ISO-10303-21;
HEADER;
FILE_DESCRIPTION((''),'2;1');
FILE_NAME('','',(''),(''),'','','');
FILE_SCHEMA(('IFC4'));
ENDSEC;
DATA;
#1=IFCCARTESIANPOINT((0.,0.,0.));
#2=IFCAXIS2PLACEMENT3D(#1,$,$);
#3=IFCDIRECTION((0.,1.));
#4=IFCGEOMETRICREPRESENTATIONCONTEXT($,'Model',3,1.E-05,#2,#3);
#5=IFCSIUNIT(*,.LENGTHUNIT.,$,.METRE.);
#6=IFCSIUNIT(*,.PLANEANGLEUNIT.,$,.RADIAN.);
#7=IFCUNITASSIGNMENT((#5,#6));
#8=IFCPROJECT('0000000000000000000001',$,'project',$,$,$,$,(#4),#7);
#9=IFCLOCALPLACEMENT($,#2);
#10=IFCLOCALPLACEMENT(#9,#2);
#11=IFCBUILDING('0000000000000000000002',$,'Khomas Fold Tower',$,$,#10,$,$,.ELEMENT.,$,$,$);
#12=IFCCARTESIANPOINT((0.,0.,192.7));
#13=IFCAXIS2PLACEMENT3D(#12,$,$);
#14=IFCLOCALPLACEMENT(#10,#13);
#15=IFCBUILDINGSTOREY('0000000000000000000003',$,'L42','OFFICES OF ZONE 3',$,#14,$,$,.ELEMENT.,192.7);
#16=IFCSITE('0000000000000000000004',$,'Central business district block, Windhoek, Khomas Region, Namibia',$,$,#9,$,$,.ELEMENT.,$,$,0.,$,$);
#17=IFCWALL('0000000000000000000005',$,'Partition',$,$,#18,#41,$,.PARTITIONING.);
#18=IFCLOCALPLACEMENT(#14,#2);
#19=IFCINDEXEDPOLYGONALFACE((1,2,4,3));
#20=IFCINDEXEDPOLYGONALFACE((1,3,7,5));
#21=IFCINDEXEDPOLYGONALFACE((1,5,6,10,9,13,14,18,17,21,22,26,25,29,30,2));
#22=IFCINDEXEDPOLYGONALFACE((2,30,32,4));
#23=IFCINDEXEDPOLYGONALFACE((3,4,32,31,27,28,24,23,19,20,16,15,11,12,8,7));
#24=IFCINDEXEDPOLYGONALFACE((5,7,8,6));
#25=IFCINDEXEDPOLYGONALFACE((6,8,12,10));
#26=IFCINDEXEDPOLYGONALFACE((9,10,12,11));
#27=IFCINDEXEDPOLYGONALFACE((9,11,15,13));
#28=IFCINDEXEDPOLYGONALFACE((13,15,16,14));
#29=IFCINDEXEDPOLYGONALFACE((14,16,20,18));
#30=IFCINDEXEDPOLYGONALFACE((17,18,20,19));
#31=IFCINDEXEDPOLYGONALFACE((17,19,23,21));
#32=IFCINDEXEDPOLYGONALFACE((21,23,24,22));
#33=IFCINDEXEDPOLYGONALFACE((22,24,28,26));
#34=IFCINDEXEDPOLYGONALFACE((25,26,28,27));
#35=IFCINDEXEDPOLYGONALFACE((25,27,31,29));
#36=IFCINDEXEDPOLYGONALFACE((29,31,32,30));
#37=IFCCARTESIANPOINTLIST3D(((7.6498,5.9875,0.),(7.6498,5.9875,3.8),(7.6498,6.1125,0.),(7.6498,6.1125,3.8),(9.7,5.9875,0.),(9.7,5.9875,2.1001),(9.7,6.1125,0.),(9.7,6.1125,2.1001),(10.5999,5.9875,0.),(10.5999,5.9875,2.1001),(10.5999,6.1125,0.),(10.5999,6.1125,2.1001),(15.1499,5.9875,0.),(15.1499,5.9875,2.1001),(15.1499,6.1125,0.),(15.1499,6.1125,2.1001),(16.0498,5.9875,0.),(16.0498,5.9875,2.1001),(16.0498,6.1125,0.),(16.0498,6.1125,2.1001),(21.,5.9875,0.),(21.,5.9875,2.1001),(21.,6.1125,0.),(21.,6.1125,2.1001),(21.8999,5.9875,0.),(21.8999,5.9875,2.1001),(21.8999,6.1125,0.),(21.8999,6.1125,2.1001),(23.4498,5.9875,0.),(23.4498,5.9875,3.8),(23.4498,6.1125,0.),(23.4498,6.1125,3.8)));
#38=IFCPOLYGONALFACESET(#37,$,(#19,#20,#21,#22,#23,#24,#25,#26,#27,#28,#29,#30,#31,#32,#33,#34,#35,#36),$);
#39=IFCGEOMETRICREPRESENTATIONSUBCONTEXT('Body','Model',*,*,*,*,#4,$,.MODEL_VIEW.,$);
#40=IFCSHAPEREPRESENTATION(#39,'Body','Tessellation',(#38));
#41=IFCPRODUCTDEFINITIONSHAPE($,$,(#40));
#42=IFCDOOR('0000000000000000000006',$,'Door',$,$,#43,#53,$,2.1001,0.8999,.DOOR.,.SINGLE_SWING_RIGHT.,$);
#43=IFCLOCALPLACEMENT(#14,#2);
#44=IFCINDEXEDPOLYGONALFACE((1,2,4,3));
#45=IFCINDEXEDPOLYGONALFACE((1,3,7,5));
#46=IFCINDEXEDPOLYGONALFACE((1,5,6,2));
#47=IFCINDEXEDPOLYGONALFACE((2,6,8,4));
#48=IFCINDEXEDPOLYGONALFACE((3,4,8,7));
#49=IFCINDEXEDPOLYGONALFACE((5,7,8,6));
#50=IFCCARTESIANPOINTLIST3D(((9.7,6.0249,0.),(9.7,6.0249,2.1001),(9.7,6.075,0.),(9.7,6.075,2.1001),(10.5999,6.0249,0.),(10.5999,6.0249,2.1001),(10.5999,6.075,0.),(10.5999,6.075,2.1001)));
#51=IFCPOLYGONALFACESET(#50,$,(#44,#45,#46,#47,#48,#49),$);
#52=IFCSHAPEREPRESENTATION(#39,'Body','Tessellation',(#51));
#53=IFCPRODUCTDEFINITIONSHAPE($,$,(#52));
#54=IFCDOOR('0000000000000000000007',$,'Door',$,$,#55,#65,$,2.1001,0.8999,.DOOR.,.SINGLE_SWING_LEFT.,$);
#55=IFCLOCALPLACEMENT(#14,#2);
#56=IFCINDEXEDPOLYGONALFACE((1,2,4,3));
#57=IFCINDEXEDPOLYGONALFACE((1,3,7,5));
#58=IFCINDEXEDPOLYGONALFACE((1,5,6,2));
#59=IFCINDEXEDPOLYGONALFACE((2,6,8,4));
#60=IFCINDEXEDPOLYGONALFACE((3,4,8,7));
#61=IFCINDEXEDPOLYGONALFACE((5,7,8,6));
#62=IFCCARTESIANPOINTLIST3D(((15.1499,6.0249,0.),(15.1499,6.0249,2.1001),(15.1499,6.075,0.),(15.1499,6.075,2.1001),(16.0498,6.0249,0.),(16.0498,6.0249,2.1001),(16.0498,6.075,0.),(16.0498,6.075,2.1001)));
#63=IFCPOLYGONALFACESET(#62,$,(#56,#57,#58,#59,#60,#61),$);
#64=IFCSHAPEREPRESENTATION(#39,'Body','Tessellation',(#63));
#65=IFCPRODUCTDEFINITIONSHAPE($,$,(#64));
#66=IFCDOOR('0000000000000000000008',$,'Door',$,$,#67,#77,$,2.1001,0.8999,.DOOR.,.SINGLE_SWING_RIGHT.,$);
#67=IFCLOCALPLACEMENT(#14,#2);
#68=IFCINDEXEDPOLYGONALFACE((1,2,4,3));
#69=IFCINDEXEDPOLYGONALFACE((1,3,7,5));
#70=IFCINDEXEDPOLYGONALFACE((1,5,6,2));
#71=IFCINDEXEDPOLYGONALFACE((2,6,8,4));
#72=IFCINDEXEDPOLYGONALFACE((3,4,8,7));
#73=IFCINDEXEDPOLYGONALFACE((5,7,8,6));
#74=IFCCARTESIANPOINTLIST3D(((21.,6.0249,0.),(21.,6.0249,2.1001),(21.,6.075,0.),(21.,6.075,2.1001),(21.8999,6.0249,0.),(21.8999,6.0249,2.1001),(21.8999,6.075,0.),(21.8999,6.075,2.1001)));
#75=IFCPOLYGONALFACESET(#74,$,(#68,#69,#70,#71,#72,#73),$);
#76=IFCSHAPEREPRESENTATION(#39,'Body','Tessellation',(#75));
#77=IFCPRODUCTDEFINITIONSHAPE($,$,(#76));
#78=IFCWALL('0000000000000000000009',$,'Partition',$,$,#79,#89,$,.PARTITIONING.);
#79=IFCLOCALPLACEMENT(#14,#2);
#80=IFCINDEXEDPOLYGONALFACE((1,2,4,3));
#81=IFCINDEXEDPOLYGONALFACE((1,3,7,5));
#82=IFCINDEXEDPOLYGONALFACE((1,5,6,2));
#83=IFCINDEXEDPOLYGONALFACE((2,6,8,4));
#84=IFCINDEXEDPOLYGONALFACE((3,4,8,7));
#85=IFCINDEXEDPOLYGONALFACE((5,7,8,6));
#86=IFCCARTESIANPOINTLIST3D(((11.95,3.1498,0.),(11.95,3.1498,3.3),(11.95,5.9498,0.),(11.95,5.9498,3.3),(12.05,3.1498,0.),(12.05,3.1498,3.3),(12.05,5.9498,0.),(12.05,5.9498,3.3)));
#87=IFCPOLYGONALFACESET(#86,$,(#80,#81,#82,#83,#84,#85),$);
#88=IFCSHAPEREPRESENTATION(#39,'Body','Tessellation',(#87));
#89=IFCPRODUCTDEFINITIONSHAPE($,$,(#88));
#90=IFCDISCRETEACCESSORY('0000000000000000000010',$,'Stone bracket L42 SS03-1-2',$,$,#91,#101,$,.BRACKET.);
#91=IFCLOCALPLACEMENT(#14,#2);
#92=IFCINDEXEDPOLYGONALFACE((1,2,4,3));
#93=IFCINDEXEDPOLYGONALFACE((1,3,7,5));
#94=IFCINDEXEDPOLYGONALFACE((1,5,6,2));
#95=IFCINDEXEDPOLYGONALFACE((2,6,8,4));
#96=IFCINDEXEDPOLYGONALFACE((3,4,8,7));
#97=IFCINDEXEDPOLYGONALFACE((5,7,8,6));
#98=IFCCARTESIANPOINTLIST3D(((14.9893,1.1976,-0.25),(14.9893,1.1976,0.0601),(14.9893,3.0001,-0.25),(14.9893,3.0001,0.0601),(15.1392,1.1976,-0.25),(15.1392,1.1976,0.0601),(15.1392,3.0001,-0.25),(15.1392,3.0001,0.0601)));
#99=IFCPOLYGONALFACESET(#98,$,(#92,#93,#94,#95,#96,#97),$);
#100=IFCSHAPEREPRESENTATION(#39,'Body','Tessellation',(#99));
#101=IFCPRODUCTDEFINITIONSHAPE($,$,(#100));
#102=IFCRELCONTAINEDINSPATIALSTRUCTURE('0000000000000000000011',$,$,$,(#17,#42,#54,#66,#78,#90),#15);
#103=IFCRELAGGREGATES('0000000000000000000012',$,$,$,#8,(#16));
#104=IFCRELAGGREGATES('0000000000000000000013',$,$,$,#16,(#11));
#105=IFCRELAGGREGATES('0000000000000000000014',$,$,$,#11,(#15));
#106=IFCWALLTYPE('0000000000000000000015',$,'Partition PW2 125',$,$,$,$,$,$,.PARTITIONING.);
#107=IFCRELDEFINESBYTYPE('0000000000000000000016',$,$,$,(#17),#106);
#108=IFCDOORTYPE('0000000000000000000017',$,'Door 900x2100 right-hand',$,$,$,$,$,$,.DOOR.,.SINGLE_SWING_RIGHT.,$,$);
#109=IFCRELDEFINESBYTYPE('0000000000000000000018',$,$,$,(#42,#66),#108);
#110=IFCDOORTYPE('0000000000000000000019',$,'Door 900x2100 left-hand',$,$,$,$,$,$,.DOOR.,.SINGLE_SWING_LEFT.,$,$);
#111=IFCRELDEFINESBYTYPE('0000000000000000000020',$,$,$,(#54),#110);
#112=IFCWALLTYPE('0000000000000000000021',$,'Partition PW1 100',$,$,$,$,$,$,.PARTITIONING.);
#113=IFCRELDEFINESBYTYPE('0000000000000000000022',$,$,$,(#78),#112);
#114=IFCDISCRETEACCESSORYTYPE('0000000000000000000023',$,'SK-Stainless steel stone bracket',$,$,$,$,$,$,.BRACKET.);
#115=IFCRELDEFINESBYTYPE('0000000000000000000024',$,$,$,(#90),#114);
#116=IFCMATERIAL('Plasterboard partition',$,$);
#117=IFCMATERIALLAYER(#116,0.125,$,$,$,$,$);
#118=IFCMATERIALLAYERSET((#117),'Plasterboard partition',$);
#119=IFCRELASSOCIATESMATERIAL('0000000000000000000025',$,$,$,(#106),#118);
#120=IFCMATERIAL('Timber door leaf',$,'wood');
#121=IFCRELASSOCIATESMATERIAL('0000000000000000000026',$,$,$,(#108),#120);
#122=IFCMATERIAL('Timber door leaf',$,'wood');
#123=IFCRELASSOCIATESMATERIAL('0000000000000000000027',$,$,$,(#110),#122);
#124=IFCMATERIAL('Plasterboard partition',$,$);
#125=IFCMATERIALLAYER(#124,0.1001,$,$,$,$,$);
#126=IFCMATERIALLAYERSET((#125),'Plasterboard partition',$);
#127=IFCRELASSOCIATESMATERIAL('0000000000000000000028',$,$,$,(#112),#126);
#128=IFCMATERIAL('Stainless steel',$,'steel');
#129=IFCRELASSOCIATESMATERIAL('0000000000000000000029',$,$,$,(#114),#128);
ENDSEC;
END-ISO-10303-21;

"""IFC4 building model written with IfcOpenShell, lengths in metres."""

from ifc_helpers import new_model, si_unit, direction, frame, frame_2d, origin, origin_2d, place, context, subcontext, project, spatial, rectangle, extrude, source, transform, mapped, material, layer, layer_set, type_object, element, fill, save


model = new_model("IFC4")

# Units and contexts
model_context = context("Model", 3, precision=1e-05, world=origin(), true_north=direction((0.0, 1.0)))
body_context = subcontext(model_context, "Body", "Model", "MODEL_VIEW")
ifc_project = project(units=[si_unit("LENGTHUNIT", "METRE"), si_unit("PLANEANGLEUNIT", "RADIAN")], contexts=[model_context])

# Site, building, storey
site_placement = place(None, origin())
site = spatial("IfcSite", under=ifc_project, at=site_placement, Name="Central business district block, Windhoek, Khomas Region, Namibia", CompositionType="ELEMENT", RefElevation=0.0)
building_placement = place(site_placement, origin())
building = spatial("IfcBuilding", under=site, at=building_placement, Name="Khomas Fold Tower", CompositionType="ELEMENT")
storey_placement = place(building_placement, frame((0.0, 0.0, 192.7)))
storey = spatial("IfcBuildingStorey", under=building, at=storey_placement, Name="L42", Description="OFFICES OF ZONE 3", CompositionType="ELEMENT", Elevation=192.7)

# Wall, openings, doors
ifc_material_1 = material(Name="Plasterboard partition")
ifc_layer_1 = layer(ifc_material_1, 0.125)
ifc_layer_set_1 = layer_set([ifc_layer_1], Name="Plasterboard partition")
wall_type_1 = type_object("IfcWallType", Name="Partition PW2 125", PredefinedType="PARTITIONING", material=ifc_layer_set_1)
shared_shape_1 = source(origin(), body_context, "Body", "SweptSolid", [
    extrude(rectangle(XDim=15.8, YDim=0.125, at=frame_2d((7.8999, 0.0))), origin(), (0.0, 0.0, 1.0), 3.8),
])
wall_1_placement = place(storey_placement, frame((7.6499, 6.05, 0.0), z_axis=(0.0, 0.0, 1.0), x_axis=(1.0, 0.0, 0.0)))
wall_1 = element("IfcWall", 1, at=wall_1_placement, inside=storey, type_object=wall_type_1, Name="Partition", PredefinedType="PARTITIONING", context=body_context, shape_type="MappedRepresentation", body=[
    mapped(shared_shape_1, transform((0.0, 0.0, 0.0))),
])
shared_shape_2 = source(origin(), body_context, "Body", "SweptSolid", [
    extrude(rectangle(XDim=0.8999, YDim=2.1001, at=frame_2d((0.45, 1.05))), frame((0.0, 0.0725, 0.0), z_axis=(0.0, -1.0, 0.0), x_axis=(1.0, 0.0, 0.0)), (0.0, 0.0, 1.0), 0.145),
])
opening_1_placement = place(wall_1_placement, frame((2.05, 0.0, 0.0)))
opening_1 = element("IfcOpeningElement", 2, at=opening_1_placement, cuts=wall_1, PredefinedType="OPENING", context=body_context, shape_type="MappedRepresentation", body=[
    mapped(shared_shape_2, transform((0.0, 0.0, 0.0))),
])
opening_2_placement = place(wall_1_placement, frame((7.5, 0.0, 0.0)))
opening_2 = element("IfcOpeningElement", 3, at=opening_2_placement, cuts=wall_1, PredefinedType="OPENING", context=body_context, shape_type="MappedRepresentation", body=[
    mapped(shared_shape_2, transform((0.0, 0.0, 0.0))),
])
opening_3_placement = place(wall_1_placement, frame((13.3501, 0.0, 0.0)))
opening_3 = element("IfcOpeningElement", 4, at=opening_3_placement, cuts=wall_1, PredefinedType="OPENING", context=body_context, shape_type="MappedRepresentation", body=[
    mapped(shared_shape_2, transform((0.0, 0.0, 0.0))),
])
ifc_material_2 = material(Name="Timber door leaf", Category="wood")
door_type_1 = type_object("IfcDoorType", Name="Door 900x2100 right-hand", OperationType="SINGLE_SWING_RIGHT", PredefinedType="DOOR", material=ifc_material_2)
shared_shape_3 = source(origin(), body_context, "Body", "SweptSolid", [
    extrude(rectangle(XDim=0.8999, YDim=2.1001, at=frame_2d((0.45, 1.05))), frame((0.0, 0.0249, 0.0), z_axis=(0.0, -1.0, 0.0), x_axis=(1.0, 0.0, 0.0)), (0.0, 0.0, 1.0), 0.05),
])
door_1_placement = place(opening_1_placement, origin())
door_1 = element("IfcDoor", 5, at=door_1_placement, inside=storey, type_object=door_type_1, Name="Door", OperationType="SINGLE_SWING_RIGHT", OverallHeight=2.1001, OverallWidth=0.8999, PredefinedType="DOOR", context=body_context, shape_type="MappedRepresentation", body=[
    mapped(shared_shape_3, transform((0.0, 0.0, 0.0))),
])
fill(opening_1, door_1)
ifc_material_3 = material(Name="Timber door leaf", Category="wood")
door_type_2 = type_object("IfcDoorType", Name="Door 900x2100 left-hand", OperationType="SINGLE_SWING_LEFT", PredefinedType="DOOR", material=ifc_material_3)
door_2_placement = place(opening_2_placement, origin())
door_2 = element("IfcDoor", 6, at=door_2_placement, inside=storey, type_object=door_type_2, Name="Door", OperationType="SINGLE_SWING_LEFT", OverallHeight=2.1001, OverallWidth=0.8999, PredefinedType="DOOR", context=body_context, shape_type="MappedRepresentation", body=[
    mapped(shared_shape_3, transform((0.0, 0.0, 0.0))),
])
fill(opening_2, door_2)
door_3_placement = place(opening_3_placement, origin())
door_3 = element("IfcDoor", 7, at=door_3_placement, inside=storey, type_object=door_type_1, Name="Door", OperationType="SINGLE_SWING_RIGHT", OverallHeight=2.1001, OverallWidth=0.8999, PredefinedType="DOOR", context=body_context, shape_type="MappedRepresentation", body=[
    mapped(shared_shape_3, transform((0.0, 0.0, 0.0))),
])
fill(opening_3, door_3)

# Wall
ifc_material_4 = material(Name="Plasterboard partition")
ifc_layer_2 = layer(ifc_material_4, 0.1001)
ifc_layer_set_2 = layer_set([ifc_layer_2], Name="Plasterboard partition")
wall_type_2 = type_object("IfcWallType", Name="Partition PW1 100", PredefinedType="PARTITIONING", material=ifc_layer_set_2)
shared_shape_4 = source(origin(), body_context, "Body", "SweptSolid", [
    extrude(rectangle(XDim=2.8, YDim=0.1001, at=frame_2d((1.3999, 0.0))), origin(), (0.0, 0.0, 1.0), 3.3),
])
wall_2_placement = place(storey_placement, frame((12.0, 3.1499, 0.0), z_axis=(0.0, 0.0, 1.0), x_axis=(0.0, 1.0, 0.0)))
element("IfcWall", 8, at=wall_2_placement, inside=storey, type_object=wall_type_2, Name="Partition", PredefinedType="PARTITIONING", context=body_context, shape_type="MappedRepresentation", body=[
    mapped(shared_shape_4, transform((0.0, 0.0, 0.0))),
])

# Discrete accessory
ifc_material_5 = material(Name="Stainless steel", Category="steel")
discrete_accessory_type = type_object("IfcDiscreteAccessoryType", Name="SK-Stainless steel stone bracket", PredefinedType="BRACKET", material=ifc_material_5)
shared_shape_5 = source(origin(), body_context, "Body", "SweptSolid", [
    extrude(rectangle(XDim=1.8025, YDim=0.1499, at=origin_2d()), origin(), (0.0, 0.0, 1.0), 0.3101),
])
discrete_accessory_placement = place(storey_placement, frame((15.0642, 2.0989, -0.25), z_axis=(0.0, 0.0, 1.0), x_axis=(0.0, -1.0, 0.0)))
element("IfcDiscreteAccessory", 9, at=discrete_accessory_placement, inside=storey, type_object=discrete_accessory_type, Name="Stone bracket L42 SS03-1-2", PredefinedType="BRACKET", context=body_context, shape_type="MappedRepresentation", body=[
    mapped(shared_shape_5, transform((0.0, 0.0, 0.0))),
])

save(model, "model.ifc")
